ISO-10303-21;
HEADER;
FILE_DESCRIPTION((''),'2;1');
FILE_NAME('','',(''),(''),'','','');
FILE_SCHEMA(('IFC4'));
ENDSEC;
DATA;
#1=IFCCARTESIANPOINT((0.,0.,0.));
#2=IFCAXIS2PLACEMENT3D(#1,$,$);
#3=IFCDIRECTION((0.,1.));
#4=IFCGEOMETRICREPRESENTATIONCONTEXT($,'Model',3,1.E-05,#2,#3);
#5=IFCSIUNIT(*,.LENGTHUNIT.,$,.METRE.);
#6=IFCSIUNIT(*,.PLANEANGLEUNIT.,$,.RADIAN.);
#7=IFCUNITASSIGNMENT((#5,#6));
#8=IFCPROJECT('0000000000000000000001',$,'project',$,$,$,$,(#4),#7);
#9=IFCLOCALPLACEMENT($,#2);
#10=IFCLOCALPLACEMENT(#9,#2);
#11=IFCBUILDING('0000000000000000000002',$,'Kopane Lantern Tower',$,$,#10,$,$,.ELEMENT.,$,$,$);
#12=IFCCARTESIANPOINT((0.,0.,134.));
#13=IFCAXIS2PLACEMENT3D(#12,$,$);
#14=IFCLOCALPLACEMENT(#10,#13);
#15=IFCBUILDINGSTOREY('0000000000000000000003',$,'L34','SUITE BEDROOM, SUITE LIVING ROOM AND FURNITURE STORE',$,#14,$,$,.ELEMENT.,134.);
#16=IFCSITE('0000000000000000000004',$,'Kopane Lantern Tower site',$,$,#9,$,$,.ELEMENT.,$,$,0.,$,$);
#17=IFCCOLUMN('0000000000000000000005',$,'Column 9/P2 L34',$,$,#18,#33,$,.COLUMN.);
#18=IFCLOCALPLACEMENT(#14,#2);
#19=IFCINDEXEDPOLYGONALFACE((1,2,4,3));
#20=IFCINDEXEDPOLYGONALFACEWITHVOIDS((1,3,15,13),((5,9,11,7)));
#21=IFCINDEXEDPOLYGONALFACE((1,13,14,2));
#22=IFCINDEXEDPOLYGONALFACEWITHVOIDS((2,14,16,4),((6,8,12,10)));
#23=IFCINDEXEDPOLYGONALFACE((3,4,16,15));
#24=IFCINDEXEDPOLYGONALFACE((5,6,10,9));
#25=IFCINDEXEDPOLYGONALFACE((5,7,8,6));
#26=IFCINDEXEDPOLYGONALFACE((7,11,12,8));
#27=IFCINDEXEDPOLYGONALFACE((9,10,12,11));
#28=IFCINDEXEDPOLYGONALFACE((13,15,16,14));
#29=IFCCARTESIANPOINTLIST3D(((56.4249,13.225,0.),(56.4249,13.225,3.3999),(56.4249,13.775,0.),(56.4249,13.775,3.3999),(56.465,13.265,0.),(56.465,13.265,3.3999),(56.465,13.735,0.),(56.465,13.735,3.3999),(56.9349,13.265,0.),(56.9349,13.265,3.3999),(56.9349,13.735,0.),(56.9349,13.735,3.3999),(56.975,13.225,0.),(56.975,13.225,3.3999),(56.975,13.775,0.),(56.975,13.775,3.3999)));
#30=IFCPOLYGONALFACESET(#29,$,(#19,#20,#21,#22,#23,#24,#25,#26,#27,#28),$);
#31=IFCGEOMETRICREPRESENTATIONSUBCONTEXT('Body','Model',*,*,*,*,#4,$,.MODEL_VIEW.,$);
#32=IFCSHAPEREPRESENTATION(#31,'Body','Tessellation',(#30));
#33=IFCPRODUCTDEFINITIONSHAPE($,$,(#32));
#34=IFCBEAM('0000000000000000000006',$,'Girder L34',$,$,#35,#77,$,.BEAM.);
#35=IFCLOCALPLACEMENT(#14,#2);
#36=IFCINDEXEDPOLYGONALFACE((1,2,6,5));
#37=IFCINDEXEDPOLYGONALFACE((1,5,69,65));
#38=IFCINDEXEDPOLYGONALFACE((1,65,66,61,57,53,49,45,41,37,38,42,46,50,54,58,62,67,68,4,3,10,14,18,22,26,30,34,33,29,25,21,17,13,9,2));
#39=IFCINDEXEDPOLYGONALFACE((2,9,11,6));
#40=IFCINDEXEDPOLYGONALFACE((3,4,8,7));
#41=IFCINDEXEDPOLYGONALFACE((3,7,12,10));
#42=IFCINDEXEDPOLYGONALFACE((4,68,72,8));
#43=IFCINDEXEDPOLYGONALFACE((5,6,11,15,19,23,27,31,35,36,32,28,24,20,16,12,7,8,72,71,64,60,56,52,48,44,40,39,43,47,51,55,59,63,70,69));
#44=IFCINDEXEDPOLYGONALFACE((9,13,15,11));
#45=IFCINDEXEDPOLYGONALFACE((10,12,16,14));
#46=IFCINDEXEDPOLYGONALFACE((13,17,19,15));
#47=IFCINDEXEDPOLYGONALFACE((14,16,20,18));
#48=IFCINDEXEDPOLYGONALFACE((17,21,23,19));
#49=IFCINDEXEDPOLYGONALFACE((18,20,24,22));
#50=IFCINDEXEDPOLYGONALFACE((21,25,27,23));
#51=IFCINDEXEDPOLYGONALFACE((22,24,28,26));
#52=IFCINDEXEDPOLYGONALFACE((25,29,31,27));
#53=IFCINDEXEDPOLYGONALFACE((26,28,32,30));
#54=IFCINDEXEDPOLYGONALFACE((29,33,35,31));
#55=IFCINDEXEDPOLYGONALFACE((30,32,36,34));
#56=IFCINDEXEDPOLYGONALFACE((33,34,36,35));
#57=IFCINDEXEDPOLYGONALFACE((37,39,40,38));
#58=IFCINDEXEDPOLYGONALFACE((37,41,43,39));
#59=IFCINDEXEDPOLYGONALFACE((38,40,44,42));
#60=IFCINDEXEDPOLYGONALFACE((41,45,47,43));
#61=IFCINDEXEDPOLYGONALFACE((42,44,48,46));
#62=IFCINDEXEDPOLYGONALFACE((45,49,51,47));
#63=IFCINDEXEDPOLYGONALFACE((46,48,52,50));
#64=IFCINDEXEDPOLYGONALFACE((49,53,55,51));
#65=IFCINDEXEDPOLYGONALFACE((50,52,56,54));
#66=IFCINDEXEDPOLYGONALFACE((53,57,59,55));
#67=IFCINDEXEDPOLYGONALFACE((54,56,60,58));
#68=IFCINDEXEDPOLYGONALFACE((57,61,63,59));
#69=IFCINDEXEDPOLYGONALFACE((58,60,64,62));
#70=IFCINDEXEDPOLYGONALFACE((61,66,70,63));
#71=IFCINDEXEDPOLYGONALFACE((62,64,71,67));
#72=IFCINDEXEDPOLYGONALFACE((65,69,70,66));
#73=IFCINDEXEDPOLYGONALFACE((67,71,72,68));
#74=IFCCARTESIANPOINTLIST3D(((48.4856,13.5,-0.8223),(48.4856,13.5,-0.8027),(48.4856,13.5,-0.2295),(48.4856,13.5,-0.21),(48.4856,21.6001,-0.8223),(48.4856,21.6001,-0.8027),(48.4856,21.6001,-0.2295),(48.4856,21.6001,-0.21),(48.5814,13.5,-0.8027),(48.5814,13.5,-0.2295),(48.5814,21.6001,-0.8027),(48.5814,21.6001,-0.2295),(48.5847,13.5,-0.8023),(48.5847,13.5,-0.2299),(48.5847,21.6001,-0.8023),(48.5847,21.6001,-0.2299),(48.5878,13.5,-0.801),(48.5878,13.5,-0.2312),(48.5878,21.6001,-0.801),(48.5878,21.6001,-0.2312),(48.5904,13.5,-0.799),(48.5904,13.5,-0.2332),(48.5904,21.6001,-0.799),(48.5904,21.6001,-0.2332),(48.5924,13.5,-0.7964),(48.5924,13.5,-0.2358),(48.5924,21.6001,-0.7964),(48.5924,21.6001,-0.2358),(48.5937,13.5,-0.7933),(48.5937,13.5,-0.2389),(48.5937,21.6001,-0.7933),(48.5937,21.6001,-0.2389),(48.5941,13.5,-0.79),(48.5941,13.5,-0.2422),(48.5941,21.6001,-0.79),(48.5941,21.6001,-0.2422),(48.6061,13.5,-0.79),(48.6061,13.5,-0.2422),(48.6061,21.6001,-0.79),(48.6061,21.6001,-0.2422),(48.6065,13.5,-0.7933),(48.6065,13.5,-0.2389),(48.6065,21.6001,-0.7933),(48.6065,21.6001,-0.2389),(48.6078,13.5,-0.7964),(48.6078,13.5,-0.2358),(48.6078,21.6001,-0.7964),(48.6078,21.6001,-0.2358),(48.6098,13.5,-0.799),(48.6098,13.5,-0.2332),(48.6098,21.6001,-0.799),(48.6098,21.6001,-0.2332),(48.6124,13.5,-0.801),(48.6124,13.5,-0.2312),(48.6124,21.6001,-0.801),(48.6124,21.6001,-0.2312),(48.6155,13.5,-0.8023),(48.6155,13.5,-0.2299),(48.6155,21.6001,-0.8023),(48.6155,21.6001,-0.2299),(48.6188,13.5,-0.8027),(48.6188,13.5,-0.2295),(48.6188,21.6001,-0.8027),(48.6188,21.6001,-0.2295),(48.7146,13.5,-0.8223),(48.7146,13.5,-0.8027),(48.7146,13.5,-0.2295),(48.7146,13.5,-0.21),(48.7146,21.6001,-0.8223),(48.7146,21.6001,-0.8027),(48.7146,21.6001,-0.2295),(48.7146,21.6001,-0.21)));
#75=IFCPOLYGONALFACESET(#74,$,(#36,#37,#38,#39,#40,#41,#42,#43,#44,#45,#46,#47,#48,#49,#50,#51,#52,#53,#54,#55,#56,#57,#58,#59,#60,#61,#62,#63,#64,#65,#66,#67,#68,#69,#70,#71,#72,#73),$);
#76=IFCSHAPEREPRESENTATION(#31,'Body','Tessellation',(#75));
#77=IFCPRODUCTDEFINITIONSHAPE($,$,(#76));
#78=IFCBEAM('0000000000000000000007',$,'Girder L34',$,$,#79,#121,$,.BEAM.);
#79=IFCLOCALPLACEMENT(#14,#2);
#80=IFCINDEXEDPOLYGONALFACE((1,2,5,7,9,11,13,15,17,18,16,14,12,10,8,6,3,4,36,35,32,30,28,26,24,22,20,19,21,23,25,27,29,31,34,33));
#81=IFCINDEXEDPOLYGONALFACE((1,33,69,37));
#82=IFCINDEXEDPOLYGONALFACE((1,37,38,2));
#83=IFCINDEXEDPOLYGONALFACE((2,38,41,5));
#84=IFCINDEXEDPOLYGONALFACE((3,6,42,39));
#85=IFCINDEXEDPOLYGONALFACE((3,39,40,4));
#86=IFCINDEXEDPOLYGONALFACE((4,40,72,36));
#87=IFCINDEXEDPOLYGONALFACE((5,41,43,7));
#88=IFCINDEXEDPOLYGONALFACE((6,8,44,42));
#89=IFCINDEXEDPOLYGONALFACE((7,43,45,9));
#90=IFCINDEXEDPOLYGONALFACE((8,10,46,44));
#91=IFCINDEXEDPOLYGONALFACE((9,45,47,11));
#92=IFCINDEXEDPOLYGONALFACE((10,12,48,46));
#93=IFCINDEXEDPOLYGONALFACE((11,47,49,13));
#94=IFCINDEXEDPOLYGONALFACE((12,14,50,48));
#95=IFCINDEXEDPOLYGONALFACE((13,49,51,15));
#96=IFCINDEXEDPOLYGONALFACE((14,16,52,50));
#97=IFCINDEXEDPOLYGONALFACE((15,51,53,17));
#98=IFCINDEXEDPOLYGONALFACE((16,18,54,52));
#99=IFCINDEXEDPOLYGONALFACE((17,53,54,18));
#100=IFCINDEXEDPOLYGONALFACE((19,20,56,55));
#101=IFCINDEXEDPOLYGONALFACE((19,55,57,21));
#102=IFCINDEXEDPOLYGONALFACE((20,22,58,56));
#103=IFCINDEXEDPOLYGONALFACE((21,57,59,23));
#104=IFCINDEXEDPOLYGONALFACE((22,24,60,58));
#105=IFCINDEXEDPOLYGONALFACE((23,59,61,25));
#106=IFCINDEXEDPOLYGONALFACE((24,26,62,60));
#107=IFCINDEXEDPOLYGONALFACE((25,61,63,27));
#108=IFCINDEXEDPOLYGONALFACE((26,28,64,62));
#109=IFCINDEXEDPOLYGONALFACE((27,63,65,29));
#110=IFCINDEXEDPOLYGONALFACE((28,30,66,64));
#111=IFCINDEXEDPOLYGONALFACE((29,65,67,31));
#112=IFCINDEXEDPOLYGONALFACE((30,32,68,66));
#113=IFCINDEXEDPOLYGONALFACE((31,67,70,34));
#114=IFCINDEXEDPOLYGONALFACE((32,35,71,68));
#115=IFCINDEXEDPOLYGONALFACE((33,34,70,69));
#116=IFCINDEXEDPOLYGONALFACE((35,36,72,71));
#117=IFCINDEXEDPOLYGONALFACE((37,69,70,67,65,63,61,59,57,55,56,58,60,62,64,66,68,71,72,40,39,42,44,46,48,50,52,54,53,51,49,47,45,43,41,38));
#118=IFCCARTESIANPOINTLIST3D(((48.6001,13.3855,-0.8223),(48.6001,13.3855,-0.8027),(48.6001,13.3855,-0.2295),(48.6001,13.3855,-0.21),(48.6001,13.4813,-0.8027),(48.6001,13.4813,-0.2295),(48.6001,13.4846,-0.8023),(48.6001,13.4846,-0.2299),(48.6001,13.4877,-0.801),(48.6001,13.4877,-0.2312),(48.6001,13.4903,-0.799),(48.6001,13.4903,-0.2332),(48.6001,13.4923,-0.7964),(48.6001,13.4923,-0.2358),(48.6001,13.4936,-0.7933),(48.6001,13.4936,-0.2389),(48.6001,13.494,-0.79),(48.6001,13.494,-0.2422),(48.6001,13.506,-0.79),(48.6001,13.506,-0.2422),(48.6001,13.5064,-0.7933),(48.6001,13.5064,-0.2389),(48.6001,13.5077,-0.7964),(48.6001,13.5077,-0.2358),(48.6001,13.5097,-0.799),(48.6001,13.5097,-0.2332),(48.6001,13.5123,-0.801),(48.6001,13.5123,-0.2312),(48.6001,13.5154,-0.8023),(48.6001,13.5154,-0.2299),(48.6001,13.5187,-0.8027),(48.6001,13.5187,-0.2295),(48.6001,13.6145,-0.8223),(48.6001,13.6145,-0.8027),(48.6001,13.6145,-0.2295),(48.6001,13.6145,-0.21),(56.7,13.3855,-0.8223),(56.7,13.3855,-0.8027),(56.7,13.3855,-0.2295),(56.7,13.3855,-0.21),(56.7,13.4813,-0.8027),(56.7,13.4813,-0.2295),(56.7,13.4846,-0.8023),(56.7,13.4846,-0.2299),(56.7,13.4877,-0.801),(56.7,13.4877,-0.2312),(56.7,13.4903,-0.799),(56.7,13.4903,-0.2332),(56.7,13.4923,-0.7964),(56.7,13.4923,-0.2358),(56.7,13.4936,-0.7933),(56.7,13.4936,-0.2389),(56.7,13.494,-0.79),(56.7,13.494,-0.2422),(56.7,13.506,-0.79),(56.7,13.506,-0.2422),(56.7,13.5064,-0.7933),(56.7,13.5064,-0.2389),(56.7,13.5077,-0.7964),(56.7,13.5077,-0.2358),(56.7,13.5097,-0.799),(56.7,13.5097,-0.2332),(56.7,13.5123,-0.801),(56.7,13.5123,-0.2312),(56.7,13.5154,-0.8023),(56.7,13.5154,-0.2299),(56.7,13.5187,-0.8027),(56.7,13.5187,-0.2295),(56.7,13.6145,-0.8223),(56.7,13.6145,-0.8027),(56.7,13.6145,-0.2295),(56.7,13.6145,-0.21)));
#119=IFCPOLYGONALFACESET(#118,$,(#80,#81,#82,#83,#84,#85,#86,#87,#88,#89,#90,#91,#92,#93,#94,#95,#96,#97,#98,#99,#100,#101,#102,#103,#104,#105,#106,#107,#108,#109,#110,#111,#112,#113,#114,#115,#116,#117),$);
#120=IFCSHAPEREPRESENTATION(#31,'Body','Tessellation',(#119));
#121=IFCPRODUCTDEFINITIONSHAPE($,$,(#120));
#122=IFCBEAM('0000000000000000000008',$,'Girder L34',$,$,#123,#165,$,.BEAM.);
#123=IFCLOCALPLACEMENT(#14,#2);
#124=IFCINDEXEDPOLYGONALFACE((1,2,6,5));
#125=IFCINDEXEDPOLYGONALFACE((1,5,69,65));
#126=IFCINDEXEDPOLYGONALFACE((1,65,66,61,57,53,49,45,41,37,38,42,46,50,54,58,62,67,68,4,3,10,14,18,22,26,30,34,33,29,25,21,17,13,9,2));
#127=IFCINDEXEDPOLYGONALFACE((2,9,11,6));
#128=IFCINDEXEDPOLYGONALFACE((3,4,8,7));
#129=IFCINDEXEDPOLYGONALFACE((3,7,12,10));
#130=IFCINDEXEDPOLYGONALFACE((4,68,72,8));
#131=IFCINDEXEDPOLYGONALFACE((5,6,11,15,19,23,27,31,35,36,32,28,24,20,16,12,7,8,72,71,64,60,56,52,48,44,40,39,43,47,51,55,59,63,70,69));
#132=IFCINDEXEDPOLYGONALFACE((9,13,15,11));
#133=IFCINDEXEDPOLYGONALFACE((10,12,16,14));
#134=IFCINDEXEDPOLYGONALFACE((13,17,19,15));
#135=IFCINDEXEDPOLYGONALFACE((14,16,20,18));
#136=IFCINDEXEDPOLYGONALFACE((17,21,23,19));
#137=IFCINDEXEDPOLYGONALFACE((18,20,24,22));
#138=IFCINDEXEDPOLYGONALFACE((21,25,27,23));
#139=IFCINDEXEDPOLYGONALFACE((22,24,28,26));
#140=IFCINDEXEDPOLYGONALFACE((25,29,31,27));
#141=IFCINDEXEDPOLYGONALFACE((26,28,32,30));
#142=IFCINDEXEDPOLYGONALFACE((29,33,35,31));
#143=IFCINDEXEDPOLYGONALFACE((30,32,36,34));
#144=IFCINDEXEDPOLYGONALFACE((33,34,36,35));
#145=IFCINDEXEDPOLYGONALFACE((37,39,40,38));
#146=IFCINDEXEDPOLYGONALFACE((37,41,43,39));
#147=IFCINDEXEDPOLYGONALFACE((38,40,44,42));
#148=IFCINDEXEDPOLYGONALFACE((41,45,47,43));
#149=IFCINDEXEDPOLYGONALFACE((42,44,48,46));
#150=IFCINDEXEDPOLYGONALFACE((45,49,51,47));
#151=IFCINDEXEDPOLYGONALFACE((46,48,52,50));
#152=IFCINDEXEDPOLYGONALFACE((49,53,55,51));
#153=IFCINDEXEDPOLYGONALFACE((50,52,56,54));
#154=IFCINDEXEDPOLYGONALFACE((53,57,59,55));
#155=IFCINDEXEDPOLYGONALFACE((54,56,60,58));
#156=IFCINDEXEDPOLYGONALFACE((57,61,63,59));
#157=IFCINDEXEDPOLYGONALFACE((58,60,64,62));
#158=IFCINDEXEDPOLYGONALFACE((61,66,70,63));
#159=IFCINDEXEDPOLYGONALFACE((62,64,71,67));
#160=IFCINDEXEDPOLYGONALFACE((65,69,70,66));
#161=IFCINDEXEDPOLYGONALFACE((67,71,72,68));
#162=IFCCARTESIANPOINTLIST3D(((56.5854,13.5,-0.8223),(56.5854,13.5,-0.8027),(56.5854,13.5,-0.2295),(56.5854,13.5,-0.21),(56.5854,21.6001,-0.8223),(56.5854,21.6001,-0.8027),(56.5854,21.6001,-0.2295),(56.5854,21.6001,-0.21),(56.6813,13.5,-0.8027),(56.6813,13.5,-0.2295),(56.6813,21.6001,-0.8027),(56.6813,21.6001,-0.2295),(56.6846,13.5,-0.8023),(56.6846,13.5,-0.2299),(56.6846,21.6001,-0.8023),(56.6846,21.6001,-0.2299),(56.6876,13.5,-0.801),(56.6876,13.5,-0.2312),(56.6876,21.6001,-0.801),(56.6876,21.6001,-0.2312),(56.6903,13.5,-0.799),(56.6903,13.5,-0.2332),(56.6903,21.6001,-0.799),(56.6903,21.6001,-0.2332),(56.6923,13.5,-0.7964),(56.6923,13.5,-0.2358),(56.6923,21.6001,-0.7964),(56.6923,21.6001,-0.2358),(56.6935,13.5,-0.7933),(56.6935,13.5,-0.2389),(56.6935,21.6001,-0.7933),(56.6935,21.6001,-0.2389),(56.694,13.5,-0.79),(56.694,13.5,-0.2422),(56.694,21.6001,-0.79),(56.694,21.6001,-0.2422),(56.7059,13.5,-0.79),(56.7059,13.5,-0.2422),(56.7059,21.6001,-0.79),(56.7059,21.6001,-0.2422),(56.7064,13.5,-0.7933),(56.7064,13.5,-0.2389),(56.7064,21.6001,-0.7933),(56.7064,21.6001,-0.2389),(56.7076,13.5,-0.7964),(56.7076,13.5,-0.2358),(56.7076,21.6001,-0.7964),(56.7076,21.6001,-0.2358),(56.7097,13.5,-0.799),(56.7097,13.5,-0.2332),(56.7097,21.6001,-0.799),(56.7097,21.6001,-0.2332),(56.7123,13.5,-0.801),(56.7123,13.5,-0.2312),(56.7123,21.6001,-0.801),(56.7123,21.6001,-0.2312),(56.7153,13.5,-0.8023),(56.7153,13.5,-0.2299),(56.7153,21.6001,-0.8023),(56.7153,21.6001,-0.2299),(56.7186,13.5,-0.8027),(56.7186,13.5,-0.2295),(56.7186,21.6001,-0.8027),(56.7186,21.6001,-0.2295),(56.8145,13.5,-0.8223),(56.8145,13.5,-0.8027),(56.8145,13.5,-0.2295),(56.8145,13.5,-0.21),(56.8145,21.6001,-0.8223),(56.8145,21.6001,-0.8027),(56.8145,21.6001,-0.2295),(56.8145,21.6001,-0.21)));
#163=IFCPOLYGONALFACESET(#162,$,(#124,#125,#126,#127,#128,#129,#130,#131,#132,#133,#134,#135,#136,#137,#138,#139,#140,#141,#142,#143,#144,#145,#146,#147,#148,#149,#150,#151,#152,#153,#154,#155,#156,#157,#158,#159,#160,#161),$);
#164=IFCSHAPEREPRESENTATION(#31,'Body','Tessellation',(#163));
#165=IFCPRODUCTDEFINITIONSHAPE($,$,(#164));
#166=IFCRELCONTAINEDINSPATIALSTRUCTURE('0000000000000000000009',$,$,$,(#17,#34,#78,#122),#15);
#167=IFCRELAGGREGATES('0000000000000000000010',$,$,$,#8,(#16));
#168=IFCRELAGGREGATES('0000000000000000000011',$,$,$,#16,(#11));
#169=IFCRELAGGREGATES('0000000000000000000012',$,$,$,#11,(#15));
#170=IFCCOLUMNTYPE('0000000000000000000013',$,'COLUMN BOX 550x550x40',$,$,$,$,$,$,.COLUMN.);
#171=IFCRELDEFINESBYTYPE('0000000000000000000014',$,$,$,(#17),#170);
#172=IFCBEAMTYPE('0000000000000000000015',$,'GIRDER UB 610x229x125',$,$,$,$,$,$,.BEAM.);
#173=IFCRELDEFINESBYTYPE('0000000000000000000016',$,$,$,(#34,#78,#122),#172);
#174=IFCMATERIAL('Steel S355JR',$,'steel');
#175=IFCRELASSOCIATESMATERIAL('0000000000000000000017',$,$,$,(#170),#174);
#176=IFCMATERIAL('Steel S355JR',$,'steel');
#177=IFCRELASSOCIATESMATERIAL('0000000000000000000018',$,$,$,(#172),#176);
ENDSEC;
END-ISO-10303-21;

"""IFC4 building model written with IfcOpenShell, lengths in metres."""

from ifc_helpers import new_model, si_unit, direction, frame, origin, origin_2d, place, context, subcontext, project, spatial, hollow_rectangle, i_section, extrude, material, material_profile, profile_set, type_object, element, save


model = new_model("IFC4")

# Units and contexts
model_context = context("Model", 3, precision=1e-05, world=origin(), true_north=direction((0.0, 1.0)))
body_context = subcontext(model_context, "Body", "Model", "MODEL_VIEW")
ifc_project = project(units=[si_unit("LENGTHUNIT", "METRE"), si_unit("PLANEANGLEUNIT", "RADIAN")], contexts=[model_context])

# Site, building, storey
site_placement = place(None, origin())
site = spatial("IfcSite", under=ifc_project, at=site_placement, Name="Kopane Lantern Tower site", CompositionType="ELEMENT", RefElevation=0.0)
building_placement = place(site_placement, origin())
building = spatial("IfcBuilding", under=site, at=building_placement, Name="Kopane Lantern Tower", CompositionType="ELEMENT")
storey_placement = place(building_placement, frame((0.0, 0.0, 134.0)))
storey = spatial("IfcBuildingStorey", under=building, at=storey_placement, Name="L34", Description="SUITE BEDROOM, SUITE LIVING ROOM AND FURNITURE STORE", CompositionType="ELEMENT", Elevation=134.0)

# Column
ifc_material_1 = material(Name="Steel S355JR", Category="steel")
ifc_material_profile_1 = material_profile(ifc_material_1, hollow_rectangle(XDim=0.55, YDim=0.55, WallThickness=0.04, at=origin_2d()), Name="BOX 550x550x40")
ifc_profile_set_1 = profile_set([ifc_material_profile_1], Name="Steel S355JR")
column_type = type_object("IfcColumnType", Name="COLUMN BOX 550x550x40", PredefinedType="COLUMN", material=ifc_profile_set_1)
column_placement = place(storey_placement, frame((56.7, 13.5, 0.0), z_axis=(0.0, 0.0, 1.0), x_axis=(1.0, 0.0, 0.0)))
element("IfcColumn", 1, at=column_placement, inside=storey, type_object=column_type, Name="Column 9/P2 L34", PredefinedType="COLUMN", context=body_context, shape_type="SweptSolid", body=[
    extrude(hollow_rectangle(XDim=0.55, YDim=0.55, WallThickness=0.04, at=origin_2d()), origin(), (0.0, 0.0, 1.0), 3.3999),
])

# Beams
ifc_material_2 = material(Name="Steel S355JR", Category="steel")
ifc_material_profile_2 = material_profile(ifc_material_2, i_section(OverallWidth=0.229, OverallDepth=0.6123, WebThickness=0.012, FlangeThickness=0.0195, FilletRadius=0.0127, at=origin_2d()), Name="UB 610x229x125")
ifc_profile_set_2 = profile_set([ifc_material_profile_2], Name="Steel S355JR")
beam_type = type_object("IfcBeamType", Name="GIRDER UB 610x229x125", PredefinedType="BEAM", material=ifc_profile_set_2)
beam_1_placement = place(storey_placement, frame((48.6001, 13.5, -0.5161), z_axis=(0.0, 1.0, 0.0), x_axis=(-1.0, 0.0, 0.0)))
element("IfcBeam", 2, at=beam_1_placement, inside=storey, type_object=beam_type, Name="Girder L34", PredefinedType="BEAM", context=body_context, shape_type="SweptSolid", body=[
    extrude(i_section(OverallWidth=0.229, OverallDepth=0.6123, WebThickness=0.012, FlangeThickness=0.0195, FilletRadius=0.0127, at=origin_2d()), origin(), (0.0, 0.0, 1.0), 8.1001),
])
beam_2_placement = place(storey_placement, frame((48.6001, 13.5, -0.5161), z_axis=(1.0, 0.0, 0.0), x_axis=(0.0, 1.0, 0.0)))
element("IfcBeam", 3, at=beam_2_placement, inside=storey, type_object=beam_type, Name="Girder L34", PredefinedType="BEAM", context=body_context, shape_type="SweptSolid", body=[
    extrude(i_section(OverallWidth=0.229, OverallDepth=0.6123, WebThickness=0.012, FlangeThickness=0.0195, FilletRadius=0.0127, at=origin_2d()), origin(), (0.0, 0.0, 1.0), 8.0999),
])
beam_3_placement = place(storey_placement, frame((56.7, 13.5, -0.5161), z_axis=(0.0, 1.0, 0.0), x_axis=(-1.0, 0.0, 0.0)))
element("IfcBeam", 4, at=beam_3_placement, inside=storey, type_object=beam_type, Name="Girder L34", PredefinedType="BEAM", context=body_context, shape_type="SweptSolid", body=[
    extrude(i_section(OverallWidth=0.229, OverallDepth=0.6123, WebThickness=0.012, FlangeThickness=0.0195, FilletRadius=0.0127, at=origin_2d()), origin(), (0.0, 0.0, 1.0), 8.1001),
])

save(model, "model.ifc")
